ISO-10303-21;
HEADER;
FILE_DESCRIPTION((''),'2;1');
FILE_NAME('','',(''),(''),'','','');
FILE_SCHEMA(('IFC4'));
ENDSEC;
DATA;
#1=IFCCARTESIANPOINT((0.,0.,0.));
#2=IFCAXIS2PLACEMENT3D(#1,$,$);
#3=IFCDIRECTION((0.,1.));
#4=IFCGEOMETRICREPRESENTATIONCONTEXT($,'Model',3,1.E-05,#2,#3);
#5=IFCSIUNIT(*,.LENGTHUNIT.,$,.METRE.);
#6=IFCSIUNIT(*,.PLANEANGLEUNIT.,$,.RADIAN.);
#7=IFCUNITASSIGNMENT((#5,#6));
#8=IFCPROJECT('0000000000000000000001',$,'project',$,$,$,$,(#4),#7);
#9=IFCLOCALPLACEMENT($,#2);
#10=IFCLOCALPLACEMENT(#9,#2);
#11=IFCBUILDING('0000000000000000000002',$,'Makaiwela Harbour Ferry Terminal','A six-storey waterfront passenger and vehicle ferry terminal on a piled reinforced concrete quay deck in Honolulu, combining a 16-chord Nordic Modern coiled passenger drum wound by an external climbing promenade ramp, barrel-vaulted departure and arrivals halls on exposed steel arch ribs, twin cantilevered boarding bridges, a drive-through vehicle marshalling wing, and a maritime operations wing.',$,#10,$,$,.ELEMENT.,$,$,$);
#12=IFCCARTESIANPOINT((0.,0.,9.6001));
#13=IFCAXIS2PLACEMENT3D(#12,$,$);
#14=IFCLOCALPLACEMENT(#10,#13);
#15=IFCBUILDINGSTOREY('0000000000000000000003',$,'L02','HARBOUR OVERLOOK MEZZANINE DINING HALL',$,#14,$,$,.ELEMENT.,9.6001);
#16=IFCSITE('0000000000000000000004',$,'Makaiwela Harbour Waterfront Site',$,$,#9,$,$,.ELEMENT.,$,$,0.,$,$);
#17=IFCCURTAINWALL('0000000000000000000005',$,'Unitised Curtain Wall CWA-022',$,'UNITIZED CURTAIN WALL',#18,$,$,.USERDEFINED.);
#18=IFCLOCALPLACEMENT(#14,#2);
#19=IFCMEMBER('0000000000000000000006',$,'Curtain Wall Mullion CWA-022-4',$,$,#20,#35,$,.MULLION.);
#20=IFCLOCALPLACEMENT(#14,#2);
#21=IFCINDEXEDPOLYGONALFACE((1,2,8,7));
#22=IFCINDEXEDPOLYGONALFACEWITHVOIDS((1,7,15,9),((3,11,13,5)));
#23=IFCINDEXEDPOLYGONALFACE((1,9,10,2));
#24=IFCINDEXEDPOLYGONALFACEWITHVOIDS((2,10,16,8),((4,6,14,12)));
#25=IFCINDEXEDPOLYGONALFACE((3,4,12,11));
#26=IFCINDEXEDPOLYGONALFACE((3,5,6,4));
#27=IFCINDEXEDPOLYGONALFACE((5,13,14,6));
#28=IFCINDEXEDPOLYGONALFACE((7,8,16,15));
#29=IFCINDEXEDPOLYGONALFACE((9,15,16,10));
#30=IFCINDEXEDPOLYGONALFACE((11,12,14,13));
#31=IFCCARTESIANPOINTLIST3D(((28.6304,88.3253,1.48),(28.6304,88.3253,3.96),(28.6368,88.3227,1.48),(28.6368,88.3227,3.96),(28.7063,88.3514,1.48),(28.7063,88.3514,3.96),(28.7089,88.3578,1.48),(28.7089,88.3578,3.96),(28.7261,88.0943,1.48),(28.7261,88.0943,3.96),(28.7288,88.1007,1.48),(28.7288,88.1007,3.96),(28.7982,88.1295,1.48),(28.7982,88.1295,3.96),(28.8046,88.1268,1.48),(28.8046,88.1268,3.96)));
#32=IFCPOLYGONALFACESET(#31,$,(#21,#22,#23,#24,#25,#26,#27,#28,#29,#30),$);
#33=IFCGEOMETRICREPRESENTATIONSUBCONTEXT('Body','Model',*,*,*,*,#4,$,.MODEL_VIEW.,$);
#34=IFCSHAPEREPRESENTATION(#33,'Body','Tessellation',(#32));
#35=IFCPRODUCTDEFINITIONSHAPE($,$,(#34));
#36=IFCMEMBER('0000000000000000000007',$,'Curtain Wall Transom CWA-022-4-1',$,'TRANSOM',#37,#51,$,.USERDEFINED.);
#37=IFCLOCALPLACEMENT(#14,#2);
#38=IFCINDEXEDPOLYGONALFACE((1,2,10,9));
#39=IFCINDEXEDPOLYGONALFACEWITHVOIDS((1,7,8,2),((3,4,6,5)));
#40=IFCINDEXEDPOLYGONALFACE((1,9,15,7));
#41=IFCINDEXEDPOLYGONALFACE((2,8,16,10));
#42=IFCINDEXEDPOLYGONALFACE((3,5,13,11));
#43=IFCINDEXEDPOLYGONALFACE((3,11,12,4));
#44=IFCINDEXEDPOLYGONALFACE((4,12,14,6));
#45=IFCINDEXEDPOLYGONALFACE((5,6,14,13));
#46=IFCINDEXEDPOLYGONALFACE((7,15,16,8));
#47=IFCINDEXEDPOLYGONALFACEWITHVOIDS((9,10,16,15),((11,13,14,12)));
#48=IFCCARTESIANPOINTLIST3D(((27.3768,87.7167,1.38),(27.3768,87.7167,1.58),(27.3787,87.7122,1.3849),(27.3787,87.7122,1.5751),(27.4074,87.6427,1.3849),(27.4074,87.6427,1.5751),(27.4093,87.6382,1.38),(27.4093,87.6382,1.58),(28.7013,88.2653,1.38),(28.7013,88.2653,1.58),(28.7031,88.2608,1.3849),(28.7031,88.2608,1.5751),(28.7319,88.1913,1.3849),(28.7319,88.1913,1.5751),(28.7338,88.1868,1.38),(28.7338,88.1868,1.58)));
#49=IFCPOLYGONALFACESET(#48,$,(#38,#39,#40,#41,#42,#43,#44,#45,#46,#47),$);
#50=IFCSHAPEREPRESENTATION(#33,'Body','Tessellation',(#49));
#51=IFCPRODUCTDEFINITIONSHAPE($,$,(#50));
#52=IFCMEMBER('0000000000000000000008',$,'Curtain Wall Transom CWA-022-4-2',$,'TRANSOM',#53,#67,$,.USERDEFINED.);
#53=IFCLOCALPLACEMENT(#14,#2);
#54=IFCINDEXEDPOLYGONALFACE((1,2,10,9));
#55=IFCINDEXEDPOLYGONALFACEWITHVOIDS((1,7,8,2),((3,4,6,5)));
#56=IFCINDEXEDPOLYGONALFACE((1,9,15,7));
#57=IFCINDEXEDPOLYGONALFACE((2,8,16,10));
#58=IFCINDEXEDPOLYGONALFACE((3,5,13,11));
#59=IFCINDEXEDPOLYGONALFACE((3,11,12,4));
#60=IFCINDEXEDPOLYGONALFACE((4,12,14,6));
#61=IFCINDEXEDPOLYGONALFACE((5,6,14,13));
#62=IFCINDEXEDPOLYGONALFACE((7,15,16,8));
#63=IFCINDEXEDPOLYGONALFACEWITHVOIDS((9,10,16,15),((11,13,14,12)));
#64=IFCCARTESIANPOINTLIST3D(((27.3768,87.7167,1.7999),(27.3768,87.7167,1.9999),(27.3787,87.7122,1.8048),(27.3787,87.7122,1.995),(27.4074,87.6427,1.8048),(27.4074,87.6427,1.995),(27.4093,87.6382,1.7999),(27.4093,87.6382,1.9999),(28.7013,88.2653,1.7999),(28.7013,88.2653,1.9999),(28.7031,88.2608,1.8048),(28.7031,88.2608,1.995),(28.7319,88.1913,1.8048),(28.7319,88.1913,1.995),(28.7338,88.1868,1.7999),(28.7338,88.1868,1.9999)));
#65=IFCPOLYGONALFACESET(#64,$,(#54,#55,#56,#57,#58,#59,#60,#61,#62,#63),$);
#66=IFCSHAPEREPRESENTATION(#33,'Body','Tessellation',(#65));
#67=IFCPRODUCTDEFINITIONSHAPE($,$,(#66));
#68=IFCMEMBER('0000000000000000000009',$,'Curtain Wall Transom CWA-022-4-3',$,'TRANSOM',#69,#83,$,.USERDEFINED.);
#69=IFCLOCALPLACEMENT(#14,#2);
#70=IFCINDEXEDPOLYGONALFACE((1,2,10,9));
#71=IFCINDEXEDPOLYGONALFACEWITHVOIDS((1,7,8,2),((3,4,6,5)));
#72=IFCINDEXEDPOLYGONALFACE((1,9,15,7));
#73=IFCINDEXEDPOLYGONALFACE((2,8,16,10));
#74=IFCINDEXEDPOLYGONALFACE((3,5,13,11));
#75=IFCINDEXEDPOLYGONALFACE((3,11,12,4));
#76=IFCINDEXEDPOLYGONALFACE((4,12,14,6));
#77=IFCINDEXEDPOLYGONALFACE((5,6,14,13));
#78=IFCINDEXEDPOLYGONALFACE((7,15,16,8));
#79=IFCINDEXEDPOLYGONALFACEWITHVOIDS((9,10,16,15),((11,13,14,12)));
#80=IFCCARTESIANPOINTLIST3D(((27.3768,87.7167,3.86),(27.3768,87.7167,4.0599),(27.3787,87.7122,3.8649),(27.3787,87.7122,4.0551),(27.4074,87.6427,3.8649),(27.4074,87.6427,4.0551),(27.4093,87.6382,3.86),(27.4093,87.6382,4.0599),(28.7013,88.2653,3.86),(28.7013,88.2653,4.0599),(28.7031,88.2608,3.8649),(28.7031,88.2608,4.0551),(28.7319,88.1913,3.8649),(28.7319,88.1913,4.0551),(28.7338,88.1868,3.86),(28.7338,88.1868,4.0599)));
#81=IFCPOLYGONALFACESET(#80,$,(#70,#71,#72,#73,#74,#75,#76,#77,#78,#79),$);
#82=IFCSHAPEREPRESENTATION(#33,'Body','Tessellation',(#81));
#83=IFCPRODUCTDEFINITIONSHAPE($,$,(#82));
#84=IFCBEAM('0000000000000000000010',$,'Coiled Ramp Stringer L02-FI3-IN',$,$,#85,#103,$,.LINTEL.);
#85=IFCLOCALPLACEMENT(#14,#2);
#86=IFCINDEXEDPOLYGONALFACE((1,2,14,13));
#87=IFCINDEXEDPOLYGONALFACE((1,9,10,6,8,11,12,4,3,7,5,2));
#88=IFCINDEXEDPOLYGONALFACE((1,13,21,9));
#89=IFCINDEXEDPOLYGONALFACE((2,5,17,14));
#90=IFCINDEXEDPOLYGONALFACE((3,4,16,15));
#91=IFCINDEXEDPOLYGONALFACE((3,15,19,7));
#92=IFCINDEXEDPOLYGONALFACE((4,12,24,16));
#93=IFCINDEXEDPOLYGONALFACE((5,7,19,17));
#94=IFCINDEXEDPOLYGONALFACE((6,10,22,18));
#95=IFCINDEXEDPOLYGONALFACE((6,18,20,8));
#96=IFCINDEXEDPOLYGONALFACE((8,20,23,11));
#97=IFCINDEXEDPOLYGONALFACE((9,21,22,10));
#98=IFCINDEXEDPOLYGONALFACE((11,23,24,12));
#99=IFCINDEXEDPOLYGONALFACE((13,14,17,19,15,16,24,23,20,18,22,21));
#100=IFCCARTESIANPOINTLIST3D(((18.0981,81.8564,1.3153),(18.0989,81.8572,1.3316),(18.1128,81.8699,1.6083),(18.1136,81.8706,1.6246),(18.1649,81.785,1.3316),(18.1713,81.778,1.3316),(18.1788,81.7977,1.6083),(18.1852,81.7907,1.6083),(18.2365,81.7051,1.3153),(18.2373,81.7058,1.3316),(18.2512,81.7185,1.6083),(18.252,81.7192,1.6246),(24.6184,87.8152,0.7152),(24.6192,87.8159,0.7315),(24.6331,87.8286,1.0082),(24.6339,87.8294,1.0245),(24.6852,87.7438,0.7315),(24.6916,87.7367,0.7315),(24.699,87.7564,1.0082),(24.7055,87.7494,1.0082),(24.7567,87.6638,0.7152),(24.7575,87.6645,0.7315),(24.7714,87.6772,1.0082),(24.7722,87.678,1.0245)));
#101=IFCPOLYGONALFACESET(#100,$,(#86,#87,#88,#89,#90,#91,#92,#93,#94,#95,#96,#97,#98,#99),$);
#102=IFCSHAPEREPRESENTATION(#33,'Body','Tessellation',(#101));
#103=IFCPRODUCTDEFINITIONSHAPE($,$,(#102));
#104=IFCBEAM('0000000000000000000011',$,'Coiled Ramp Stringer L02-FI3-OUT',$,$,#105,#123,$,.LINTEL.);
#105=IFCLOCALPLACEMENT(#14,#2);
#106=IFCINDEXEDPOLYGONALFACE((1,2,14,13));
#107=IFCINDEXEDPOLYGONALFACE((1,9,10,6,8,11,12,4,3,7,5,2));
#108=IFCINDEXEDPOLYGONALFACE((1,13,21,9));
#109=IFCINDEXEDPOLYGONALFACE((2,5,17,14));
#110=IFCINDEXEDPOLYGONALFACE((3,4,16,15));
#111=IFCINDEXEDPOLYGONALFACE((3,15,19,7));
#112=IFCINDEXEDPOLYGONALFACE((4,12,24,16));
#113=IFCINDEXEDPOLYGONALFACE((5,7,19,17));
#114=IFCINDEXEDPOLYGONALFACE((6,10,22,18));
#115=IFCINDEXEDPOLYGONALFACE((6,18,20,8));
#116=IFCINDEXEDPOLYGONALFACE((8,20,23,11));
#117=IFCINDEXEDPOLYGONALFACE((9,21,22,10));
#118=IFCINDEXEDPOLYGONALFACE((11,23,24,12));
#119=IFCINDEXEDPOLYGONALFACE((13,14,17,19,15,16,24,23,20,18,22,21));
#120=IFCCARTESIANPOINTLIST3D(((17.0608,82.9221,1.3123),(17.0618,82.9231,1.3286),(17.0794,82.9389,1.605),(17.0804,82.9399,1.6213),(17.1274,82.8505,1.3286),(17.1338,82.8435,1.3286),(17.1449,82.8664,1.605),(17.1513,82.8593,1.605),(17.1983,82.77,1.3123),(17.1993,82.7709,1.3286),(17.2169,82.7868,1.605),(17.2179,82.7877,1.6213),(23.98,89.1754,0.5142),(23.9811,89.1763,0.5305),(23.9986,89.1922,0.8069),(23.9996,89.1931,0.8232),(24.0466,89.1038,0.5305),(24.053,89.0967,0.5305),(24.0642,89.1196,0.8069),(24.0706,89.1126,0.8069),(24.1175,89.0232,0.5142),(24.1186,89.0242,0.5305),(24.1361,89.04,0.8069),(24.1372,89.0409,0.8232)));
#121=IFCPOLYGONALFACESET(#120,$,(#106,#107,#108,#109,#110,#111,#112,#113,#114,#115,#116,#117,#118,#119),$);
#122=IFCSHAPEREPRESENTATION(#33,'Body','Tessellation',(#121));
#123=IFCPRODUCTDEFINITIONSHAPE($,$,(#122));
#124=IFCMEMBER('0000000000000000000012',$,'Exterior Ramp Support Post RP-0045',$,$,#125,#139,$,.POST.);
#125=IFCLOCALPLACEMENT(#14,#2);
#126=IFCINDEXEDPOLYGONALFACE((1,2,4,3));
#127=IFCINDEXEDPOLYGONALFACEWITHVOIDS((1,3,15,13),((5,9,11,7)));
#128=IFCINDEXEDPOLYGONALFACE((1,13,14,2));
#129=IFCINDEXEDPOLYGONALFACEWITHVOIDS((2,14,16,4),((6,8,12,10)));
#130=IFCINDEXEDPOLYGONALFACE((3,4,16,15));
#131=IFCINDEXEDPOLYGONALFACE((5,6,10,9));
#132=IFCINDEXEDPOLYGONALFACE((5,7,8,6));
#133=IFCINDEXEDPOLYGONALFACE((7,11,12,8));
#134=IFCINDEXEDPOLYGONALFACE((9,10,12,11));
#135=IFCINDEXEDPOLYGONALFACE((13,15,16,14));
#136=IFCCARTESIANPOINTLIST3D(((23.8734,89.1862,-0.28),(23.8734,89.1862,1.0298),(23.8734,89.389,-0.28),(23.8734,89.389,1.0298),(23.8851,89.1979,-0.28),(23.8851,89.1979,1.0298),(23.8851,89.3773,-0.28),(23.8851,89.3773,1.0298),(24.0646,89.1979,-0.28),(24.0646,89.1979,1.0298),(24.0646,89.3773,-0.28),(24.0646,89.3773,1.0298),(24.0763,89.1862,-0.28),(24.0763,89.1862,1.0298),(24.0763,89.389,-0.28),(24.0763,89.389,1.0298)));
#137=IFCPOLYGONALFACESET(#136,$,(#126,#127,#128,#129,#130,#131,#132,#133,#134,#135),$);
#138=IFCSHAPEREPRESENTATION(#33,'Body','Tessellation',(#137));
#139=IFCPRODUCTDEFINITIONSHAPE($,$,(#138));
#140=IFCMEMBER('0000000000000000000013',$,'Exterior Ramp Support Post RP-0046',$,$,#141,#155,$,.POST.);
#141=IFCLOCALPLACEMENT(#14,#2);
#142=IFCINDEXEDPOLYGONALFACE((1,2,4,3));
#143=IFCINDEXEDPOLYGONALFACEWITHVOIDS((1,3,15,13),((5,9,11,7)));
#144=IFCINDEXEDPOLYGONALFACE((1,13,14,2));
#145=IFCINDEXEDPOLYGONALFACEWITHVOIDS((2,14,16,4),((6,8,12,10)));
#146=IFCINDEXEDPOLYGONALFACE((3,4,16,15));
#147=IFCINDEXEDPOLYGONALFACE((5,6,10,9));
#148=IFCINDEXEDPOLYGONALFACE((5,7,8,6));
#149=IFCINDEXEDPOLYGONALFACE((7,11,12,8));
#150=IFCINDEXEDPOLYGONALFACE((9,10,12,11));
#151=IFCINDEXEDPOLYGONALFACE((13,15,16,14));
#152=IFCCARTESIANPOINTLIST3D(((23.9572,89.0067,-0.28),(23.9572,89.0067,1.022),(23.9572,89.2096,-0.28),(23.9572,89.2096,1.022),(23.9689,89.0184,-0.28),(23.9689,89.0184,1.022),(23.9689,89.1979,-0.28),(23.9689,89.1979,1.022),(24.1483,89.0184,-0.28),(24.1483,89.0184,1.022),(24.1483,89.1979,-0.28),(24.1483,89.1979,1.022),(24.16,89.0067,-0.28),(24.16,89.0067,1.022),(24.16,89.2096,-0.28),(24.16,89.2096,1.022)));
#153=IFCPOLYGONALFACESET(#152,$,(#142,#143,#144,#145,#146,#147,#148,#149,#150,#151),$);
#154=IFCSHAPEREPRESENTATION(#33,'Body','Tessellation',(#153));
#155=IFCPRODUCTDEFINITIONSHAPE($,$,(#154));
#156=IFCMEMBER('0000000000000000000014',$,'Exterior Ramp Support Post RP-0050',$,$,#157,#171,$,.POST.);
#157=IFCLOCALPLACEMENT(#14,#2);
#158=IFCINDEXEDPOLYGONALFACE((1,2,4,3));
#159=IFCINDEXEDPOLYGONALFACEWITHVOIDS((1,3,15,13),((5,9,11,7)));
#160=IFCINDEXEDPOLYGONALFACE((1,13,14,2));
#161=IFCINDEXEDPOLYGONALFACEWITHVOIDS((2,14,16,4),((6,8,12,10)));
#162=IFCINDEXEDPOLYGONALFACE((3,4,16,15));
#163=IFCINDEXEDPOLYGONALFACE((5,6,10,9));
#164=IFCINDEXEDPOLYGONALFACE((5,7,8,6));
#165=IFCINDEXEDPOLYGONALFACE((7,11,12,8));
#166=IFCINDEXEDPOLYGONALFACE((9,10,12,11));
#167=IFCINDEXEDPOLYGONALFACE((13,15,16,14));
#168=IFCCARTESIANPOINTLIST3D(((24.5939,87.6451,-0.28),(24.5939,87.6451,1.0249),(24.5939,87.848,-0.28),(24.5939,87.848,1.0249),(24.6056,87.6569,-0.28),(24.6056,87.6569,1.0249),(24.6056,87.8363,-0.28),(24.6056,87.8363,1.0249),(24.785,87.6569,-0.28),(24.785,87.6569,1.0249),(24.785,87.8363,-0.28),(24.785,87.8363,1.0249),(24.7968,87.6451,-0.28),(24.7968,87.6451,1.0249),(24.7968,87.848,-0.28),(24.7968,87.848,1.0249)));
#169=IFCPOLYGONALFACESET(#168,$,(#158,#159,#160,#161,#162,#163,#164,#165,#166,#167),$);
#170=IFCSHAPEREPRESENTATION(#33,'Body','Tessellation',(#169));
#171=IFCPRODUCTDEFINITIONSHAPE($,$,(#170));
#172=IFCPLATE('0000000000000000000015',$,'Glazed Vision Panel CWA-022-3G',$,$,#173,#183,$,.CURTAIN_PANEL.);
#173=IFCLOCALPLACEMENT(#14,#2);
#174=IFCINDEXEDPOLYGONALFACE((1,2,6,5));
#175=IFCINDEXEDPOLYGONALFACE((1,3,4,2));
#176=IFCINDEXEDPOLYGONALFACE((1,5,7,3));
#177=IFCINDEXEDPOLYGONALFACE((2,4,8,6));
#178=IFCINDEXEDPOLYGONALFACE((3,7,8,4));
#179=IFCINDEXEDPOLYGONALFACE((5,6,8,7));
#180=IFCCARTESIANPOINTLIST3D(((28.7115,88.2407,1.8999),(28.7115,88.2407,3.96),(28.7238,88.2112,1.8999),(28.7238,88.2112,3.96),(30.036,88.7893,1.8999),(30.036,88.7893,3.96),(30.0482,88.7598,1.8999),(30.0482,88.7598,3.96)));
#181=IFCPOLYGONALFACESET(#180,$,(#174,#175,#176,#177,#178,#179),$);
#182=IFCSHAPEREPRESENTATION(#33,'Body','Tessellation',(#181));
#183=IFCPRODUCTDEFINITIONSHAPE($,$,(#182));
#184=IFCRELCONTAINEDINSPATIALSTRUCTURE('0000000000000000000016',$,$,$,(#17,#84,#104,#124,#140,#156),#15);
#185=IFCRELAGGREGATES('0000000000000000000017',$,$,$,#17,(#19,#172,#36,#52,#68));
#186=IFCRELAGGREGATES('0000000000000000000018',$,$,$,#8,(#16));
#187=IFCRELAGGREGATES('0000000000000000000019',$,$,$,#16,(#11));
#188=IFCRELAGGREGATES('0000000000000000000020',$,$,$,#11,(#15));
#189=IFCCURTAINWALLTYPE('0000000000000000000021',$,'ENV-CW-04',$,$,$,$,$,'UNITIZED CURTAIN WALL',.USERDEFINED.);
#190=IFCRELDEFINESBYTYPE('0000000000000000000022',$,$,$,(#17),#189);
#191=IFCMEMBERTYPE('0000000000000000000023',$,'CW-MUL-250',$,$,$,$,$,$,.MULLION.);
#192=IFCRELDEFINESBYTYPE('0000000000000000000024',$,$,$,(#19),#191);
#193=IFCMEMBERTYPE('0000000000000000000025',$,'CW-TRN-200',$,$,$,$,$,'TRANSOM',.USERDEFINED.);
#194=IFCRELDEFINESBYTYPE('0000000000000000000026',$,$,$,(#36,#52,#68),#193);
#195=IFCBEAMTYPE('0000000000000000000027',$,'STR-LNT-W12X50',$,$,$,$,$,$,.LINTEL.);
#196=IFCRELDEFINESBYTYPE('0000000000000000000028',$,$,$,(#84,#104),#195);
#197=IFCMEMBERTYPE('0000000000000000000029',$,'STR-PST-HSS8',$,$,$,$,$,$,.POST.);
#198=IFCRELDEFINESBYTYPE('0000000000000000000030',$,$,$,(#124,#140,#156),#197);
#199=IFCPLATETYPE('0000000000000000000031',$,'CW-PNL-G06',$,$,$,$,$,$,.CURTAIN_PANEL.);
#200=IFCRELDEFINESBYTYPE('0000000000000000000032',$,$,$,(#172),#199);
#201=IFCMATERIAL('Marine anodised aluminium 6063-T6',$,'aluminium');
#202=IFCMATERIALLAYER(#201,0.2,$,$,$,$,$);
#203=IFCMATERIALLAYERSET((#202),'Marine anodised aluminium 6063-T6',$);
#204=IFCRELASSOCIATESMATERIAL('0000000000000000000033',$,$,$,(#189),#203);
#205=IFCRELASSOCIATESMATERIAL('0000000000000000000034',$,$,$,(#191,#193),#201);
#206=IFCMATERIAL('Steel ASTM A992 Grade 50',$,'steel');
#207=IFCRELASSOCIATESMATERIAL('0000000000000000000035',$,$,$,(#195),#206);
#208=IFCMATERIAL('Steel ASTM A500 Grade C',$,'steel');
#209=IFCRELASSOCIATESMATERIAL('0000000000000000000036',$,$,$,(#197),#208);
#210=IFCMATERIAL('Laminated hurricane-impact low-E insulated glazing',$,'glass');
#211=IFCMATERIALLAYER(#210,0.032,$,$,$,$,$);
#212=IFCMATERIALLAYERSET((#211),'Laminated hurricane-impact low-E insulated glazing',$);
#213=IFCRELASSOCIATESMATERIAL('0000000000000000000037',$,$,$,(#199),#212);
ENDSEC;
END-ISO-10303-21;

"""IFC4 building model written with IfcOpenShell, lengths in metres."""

from ifc_helpers import new_model, si_unit, direction, frame, origin, origin_2d, place, context, subcontext, project, spatial, rectangle, hollow_rectangle, i_section, extrude, material, layer, layer_set, material_profile, profile_set, type_object, element, aggregate, save


model = new_model("IFC4")

# Units and contexts
model_context = context("Model", 3, precision=1e-05, world=origin(), true_north=direction((0.0, 1.0)))
body_context = subcontext(model_context, "Body", "Model", "MODEL_VIEW")
ifc_project = project(units=[si_unit("LENGTHUNIT", "METRE"), si_unit("PLANEANGLEUNIT", "RADIAN")], contexts=[model_context])

# Site, building, storey
site_placement = place(None, origin())
site = spatial("IfcSite", under=ifc_project, at=site_placement, Name="Makaiwela Harbour Waterfront Site", CompositionType="ELEMENT", RefElevation=0.0)
building_placement = place(site_placement, origin())
building = spatial("IfcBuilding", under=site, at=building_placement, Name="Makaiwela Harbour Ferry Terminal", Description="A six-storey waterfront passenger and vehicle ferry terminal on a piled reinforced concrete quay deck in Honolulu, combining a 16-chord Nordic Modern coiled passenger drum wound by an external climbing promenade ramp, barrel-vaulted departure and arrivals halls on exposed steel arch ribs, twin cantilevered boarding bridges, a drive-through vehicle marshalling wing, and a maritime operations wing.", CompositionType="ELEMENT")
storey_placement = place(building_placement, frame((0.0, 0.0, 9.6001)))
storey = spatial("IfcBuildingStorey", under=building, at=storey_placement, Name="L02", Description="HARBOUR OVERLOOK MEZZANINE DINING HALL", CompositionType="ELEMENT", Elevation=9.6001)

# Curtain wall, members
ifc_material_1 = material(Name="Marine anodised aluminium 6063-T6", Category="aluminium")
ifc_layer_1 = layer(ifc_material_1, 0.2)
ifc_layer_set_1 = layer_set([ifc_layer_1], Name="Marine anodised aluminium 6063-T6")
curtain_wall_type = type_object("IfcCurtainWallType", Name="ENV-CW-04", ElementType="UNITIZED CURTAIN WALL", PredefinedType="USERDEFINED", material=ifc_layer_set_1)
curtain_wall_placement = place(storey_placement, origin())
curtain_wall = element("IfcCurtainWall", 1, at=curtain_wall_placement, inside=storey, type_object=curtain_wall_type, Name="Unitised Curtain Wall CWA-022", ObjectType="UNITIZED CURTAIN WALL", PredefinedType="USERDEFINED")
ifc_material_profile_1 = material_profile(ifc_material_1, hollow_rectangle(XDim=0.085, YDim=0.25, WallThickness=0.0049, at=origin_2d()), Name="CWM-250X85")
ifc_profile_set_1 = profile_set([ifc_material_profile_1], Name="Marine anodised aluminium 6063-T6")
member_type_1 = type_object("IfcMemberType", Name="CW-MUL-250", PredefinedType="MULLION", material=ifc_profile_set_1)
member_1_placement = place(storey_placement, frame((28.7175, 88.2261, 1.48), z_axis=(0.0, 0.0, 1.0), x_axis=(0.92388, 0.382683, 0.0)))
member_1 = element("IfcMember", 2, at=member_1_placement, type_object=member_type_1, Name="Curtain Wall Mullion CWA-022-4", PredefinedType="MULLION", context=body_context, shape_type="SweptSolid", body=[
    extrude(hollow_rectangle(XDim=0.085, YDim=0.25, WallThickness=0.0049, at=origin_2d()), origin(), (0.0, 0.0, 1.0), 2.48),
])
ifc_material_profile_2 = material_profile(ifc_material_1, hollow_rectangle(XDim=0.085, YDim=0.2, WallThickness=0.0049, at=origin_2d()), Name="CWT-200X85")
ifc_profile_set_2 = profile_set([ifc_material_profile_2], Name="Marine anodised aluminium 6063-T6")
member_type_2 = type_object("IfcMemberType", Name="CW-TRN-200", ElementType="TRANSOM", PredefinedType="USERDEFINED", material=ifc_profile_set_2)
member_2_placement = place(storey_placement, frame((28.7175, 88.2261, 1.48), z_axis=(-0.923886, -0.382668, 0.0), x_axis=(0.382668, -0.923886, 0.0)))
member_2 = element("IfcMember", 3, at=member_2_placement, type_object=member_type_2, Name="Curtain Wall Transom CWA-022-4-1", ObjectType="TRANSOM", PredefinedType="USERDEFINED", context=body_context, shape_type="SweptSolid", body=[
    extrude(hollow_rectangle(XDim=0.085, YDim=0.2, WallThickness=0.0049, at=origin_2d()), origin(), (0.0, 0.0, 1.0), 1.4336),
])
member_3_placement = place(storey_placement, frame((28.7175, 88.2261, 1.8999), z_axis=(-0.923886, -0.382668, 0.0), x_axis=(0.382668, -0.923886, 0.0)))
member_3 = element("IfcMember", 4, at=member_3_placement, type_object=member_type_2, Name="Curtain Wall Transom CWA-022-4-2", ObjectType="TRANSOM", PredefinedType="USERDEFINED", context=body_context, shape_type="SweptSolid", body=[
    extrude(hollow_rectangle(XDim=0.085, YDim=0.2, WallThickness=0.0049, at=origin_2d()), origin(), (0.0, 0.0, 1.0), 1.4336),
])
member_4_placement = place(storey_placement, frame((28.7175, 88.2261, 3.96), z_axis=(-0.923886, -0.382668, 0.0), x_axis=(0.382668, -0.923886, 0.0)))
member_4 = element("IfcMember", 5, at=member_4_placement, type_object=member_type_2, Name="Curtain Wall Transom CWA-022-4-3", ObjectType="TRANSOM", PredefinedType="USERDEFINED", context=body_context, shape_type="SweptSolid", body=[
    extrude(hollow_rectangle(XDim=0.085, YDim=0.2, WallThickness=0.0049, at=origin_2d()), origin(), (0.0, 0.0, 1.0), 1.4336),
])

# Beams
ifc_material_2 = material(Name="Steel ASTM A992 Grade 50", Category="steel")
ifc_material_profile_3 = material_profile(ifc_material_2, i_section(OverallWidth=0.2051, OverallDepth=0.3101, WebThickness=0.0095, FlangeThickness=0.0164, at=origin_2d()), Name="W12X50")
ifc_profile_set_3 = profile_set([ifc_material_profile_3], Name="Steel ASTM A992 Grade 50")
beam_type = type_object("IfcBeamType", Name="STR-LNT-W12X50", PredefinedType="LINTEL", material=ifc_profile_set_3)
beam_1_placement = place(storey_placement, frame((24.6953, 87.7466, 0.8699), z_axis=(-0.73648, -0.673055, 0.067783), x_axis=(0.674606, -0.738178, 0.0)))
element("IfcBeam", 6, at=beam_1_placement, inside=storey, type_object=beam_type, Name="Coiled Ramp Stringer L02-FI3-IN", PredefinedType="LINTEL", context=body_context, shape_type="SweptSolid", body=[
    extrude(i_section(OverallWidth=0.2051, OverallDepth=0.3101, WebThickness=0.0095, FlangeThickness=0.0164, at=origin_2d()), origin(), (0.0, 0.0, 1.0), 8.8533),
])
beam_2_placement = place(storey_placement, frame((24.0586, 89.1082, 0.6687), z_axis=(-0.73921, -0.668056, 0.085264), x_axis=(0.670498, -0.741911, 0.0)))
element("IfcBeam", 7, at=beam_2_placement, inside=storey, type_object=beam_type, Name="Coiled Ramp Stringer L02-FI3-OUT", PredefinedType="LINTEL", context=body_context, shape_type="SweptSolid", body=[
    extrude(i_section(OverallWidth=0.2051, OverallDepth=0.3101, WebThickness=0.0095, FlangeThickness=0.0164, at=origin_2d()), origin(), (0.0, 0.0, 1.0), 9.3604),
])

# Members
ifc_material_3 = material(Name="Steel ASTM A500 Grade C", Category="steel")
ifc_material_profile_4 = material_profile(ifc_material_3, hollow_rectangle(XDim=0.2029, YDim=0.2029, WallThickness=0.0117, at=origin_2d()), Name="HSS8X8X1/2")
ifc_profile_set_4 = profile_set([ifc_material_profile_4], Name="Steel ASTM A500 Grade C")
member_type_3 = type_object("IfcMemberType", Name="STR-PST-HSS8", PredefinedType="POST", material=ifc_profile_set_4)
member_5_placement = place(storey_placement, frame((23.9749, 89.2876, -0.28), z_axis=(0.0, 0.0, 1.0), x_axis=(1.0, 0.0, 0.0)))
element("IfcMember", 8, at=member_5_placement, inside=storey, type_object=member_type_3, Name="Exterior Ramp Support Post RP-0045", PredefinedType="POST", context=body_context, shape_type="SweptSolid", body=[
    extrude(hollow_rectangle(XDim=0.2029, YDim=0.2029, WallThickness=0.0117, at=origin_2d()), origin(), (0.0, 0.0, 1.0), 1.3098),
])
member_6_placement = place(storey_placement, frame((24.0586, 89.1082, -0.28), z_axis=(0.0, 0.0, 1.0), x_axis=(1.0, 0.0, 0.0)))
element("IfcMember", 9, at=member_6_placement, inside=storey, type_object=member_type_3, Name="Exterior Ramp Support Post RP-0046", PredefinedType="POST", context=body_context, shape_type="SweptSolid", body=[
    extrude(hollow_rectangle(XDim=0.2029, YDim=0.2029, WallThickness=0.0117, at=origin_2d()), origin(), (0.0, 0.0, 1.0), 1.302),
])
member_7_placement = place(storey_placement, frame((24.6953, 87.7466, -0.28), z_axis=(0.0, 0.0, 1.0), x_axis=(1.0, 0.0, 0.0)))
element("IfcMember", 10, at=member_7_placement, inside=storey, type_object=member_type_3, Name="Exterior Ramp Support Post RP-0050", PredefinedType="POST", context=body_context, shape_type="SweptSolid", body=[
    extrude(hollow_rectangle(XDim=0.2029, YDim=0.2029, WallThickness=0.0117, at=origin_2d()), origin(), (0.0, 0.0, 1.0), 1.3049),
])

# Plate
ifc_material_4 = material(Name="Laminated hurricane-impact low-E insulated glazing", Category="glass")
ifc_layer_2 = layer(ifc_material_4, 0.032)
ifc_layer_set_2 = layer_set([ifc_layer_2], Name="Laminated hurricane-impact low-E insulated glazing")
plate_type_1 = type_object("IfcPlateType", Name="CW-PNL-G06", PredefinedType="CURTAIN_PANEL", material=ifc_layer_set_2)
plate_1_placement = place(storey_placement, frame((29.3799, 88.5002, 1.8999), z_axis=(0.0, 0.0, 1.0), x_axis=(-0.92388, -0.382683, 0.0)))
plate_1 = element("IfcPlate", 11, at=plate_1_placement, type_object=plate_type_1, Name="Glazed Vision Panel CWA-022-3G", PredefinedType="CURTAIN_PANEL", context=body_context, shape_type="SweptSolid", body=[
    extrude(rectangle(XDim=1.4336, YDim=0.032, at=origin_2d()), origin(), (0.0, 0.0, 1.0), 2.0601),
])
aggregate(curtain_wall, [member_1, plate_1, member_2, member_3, member_4])

save(model, "model.ifc")
